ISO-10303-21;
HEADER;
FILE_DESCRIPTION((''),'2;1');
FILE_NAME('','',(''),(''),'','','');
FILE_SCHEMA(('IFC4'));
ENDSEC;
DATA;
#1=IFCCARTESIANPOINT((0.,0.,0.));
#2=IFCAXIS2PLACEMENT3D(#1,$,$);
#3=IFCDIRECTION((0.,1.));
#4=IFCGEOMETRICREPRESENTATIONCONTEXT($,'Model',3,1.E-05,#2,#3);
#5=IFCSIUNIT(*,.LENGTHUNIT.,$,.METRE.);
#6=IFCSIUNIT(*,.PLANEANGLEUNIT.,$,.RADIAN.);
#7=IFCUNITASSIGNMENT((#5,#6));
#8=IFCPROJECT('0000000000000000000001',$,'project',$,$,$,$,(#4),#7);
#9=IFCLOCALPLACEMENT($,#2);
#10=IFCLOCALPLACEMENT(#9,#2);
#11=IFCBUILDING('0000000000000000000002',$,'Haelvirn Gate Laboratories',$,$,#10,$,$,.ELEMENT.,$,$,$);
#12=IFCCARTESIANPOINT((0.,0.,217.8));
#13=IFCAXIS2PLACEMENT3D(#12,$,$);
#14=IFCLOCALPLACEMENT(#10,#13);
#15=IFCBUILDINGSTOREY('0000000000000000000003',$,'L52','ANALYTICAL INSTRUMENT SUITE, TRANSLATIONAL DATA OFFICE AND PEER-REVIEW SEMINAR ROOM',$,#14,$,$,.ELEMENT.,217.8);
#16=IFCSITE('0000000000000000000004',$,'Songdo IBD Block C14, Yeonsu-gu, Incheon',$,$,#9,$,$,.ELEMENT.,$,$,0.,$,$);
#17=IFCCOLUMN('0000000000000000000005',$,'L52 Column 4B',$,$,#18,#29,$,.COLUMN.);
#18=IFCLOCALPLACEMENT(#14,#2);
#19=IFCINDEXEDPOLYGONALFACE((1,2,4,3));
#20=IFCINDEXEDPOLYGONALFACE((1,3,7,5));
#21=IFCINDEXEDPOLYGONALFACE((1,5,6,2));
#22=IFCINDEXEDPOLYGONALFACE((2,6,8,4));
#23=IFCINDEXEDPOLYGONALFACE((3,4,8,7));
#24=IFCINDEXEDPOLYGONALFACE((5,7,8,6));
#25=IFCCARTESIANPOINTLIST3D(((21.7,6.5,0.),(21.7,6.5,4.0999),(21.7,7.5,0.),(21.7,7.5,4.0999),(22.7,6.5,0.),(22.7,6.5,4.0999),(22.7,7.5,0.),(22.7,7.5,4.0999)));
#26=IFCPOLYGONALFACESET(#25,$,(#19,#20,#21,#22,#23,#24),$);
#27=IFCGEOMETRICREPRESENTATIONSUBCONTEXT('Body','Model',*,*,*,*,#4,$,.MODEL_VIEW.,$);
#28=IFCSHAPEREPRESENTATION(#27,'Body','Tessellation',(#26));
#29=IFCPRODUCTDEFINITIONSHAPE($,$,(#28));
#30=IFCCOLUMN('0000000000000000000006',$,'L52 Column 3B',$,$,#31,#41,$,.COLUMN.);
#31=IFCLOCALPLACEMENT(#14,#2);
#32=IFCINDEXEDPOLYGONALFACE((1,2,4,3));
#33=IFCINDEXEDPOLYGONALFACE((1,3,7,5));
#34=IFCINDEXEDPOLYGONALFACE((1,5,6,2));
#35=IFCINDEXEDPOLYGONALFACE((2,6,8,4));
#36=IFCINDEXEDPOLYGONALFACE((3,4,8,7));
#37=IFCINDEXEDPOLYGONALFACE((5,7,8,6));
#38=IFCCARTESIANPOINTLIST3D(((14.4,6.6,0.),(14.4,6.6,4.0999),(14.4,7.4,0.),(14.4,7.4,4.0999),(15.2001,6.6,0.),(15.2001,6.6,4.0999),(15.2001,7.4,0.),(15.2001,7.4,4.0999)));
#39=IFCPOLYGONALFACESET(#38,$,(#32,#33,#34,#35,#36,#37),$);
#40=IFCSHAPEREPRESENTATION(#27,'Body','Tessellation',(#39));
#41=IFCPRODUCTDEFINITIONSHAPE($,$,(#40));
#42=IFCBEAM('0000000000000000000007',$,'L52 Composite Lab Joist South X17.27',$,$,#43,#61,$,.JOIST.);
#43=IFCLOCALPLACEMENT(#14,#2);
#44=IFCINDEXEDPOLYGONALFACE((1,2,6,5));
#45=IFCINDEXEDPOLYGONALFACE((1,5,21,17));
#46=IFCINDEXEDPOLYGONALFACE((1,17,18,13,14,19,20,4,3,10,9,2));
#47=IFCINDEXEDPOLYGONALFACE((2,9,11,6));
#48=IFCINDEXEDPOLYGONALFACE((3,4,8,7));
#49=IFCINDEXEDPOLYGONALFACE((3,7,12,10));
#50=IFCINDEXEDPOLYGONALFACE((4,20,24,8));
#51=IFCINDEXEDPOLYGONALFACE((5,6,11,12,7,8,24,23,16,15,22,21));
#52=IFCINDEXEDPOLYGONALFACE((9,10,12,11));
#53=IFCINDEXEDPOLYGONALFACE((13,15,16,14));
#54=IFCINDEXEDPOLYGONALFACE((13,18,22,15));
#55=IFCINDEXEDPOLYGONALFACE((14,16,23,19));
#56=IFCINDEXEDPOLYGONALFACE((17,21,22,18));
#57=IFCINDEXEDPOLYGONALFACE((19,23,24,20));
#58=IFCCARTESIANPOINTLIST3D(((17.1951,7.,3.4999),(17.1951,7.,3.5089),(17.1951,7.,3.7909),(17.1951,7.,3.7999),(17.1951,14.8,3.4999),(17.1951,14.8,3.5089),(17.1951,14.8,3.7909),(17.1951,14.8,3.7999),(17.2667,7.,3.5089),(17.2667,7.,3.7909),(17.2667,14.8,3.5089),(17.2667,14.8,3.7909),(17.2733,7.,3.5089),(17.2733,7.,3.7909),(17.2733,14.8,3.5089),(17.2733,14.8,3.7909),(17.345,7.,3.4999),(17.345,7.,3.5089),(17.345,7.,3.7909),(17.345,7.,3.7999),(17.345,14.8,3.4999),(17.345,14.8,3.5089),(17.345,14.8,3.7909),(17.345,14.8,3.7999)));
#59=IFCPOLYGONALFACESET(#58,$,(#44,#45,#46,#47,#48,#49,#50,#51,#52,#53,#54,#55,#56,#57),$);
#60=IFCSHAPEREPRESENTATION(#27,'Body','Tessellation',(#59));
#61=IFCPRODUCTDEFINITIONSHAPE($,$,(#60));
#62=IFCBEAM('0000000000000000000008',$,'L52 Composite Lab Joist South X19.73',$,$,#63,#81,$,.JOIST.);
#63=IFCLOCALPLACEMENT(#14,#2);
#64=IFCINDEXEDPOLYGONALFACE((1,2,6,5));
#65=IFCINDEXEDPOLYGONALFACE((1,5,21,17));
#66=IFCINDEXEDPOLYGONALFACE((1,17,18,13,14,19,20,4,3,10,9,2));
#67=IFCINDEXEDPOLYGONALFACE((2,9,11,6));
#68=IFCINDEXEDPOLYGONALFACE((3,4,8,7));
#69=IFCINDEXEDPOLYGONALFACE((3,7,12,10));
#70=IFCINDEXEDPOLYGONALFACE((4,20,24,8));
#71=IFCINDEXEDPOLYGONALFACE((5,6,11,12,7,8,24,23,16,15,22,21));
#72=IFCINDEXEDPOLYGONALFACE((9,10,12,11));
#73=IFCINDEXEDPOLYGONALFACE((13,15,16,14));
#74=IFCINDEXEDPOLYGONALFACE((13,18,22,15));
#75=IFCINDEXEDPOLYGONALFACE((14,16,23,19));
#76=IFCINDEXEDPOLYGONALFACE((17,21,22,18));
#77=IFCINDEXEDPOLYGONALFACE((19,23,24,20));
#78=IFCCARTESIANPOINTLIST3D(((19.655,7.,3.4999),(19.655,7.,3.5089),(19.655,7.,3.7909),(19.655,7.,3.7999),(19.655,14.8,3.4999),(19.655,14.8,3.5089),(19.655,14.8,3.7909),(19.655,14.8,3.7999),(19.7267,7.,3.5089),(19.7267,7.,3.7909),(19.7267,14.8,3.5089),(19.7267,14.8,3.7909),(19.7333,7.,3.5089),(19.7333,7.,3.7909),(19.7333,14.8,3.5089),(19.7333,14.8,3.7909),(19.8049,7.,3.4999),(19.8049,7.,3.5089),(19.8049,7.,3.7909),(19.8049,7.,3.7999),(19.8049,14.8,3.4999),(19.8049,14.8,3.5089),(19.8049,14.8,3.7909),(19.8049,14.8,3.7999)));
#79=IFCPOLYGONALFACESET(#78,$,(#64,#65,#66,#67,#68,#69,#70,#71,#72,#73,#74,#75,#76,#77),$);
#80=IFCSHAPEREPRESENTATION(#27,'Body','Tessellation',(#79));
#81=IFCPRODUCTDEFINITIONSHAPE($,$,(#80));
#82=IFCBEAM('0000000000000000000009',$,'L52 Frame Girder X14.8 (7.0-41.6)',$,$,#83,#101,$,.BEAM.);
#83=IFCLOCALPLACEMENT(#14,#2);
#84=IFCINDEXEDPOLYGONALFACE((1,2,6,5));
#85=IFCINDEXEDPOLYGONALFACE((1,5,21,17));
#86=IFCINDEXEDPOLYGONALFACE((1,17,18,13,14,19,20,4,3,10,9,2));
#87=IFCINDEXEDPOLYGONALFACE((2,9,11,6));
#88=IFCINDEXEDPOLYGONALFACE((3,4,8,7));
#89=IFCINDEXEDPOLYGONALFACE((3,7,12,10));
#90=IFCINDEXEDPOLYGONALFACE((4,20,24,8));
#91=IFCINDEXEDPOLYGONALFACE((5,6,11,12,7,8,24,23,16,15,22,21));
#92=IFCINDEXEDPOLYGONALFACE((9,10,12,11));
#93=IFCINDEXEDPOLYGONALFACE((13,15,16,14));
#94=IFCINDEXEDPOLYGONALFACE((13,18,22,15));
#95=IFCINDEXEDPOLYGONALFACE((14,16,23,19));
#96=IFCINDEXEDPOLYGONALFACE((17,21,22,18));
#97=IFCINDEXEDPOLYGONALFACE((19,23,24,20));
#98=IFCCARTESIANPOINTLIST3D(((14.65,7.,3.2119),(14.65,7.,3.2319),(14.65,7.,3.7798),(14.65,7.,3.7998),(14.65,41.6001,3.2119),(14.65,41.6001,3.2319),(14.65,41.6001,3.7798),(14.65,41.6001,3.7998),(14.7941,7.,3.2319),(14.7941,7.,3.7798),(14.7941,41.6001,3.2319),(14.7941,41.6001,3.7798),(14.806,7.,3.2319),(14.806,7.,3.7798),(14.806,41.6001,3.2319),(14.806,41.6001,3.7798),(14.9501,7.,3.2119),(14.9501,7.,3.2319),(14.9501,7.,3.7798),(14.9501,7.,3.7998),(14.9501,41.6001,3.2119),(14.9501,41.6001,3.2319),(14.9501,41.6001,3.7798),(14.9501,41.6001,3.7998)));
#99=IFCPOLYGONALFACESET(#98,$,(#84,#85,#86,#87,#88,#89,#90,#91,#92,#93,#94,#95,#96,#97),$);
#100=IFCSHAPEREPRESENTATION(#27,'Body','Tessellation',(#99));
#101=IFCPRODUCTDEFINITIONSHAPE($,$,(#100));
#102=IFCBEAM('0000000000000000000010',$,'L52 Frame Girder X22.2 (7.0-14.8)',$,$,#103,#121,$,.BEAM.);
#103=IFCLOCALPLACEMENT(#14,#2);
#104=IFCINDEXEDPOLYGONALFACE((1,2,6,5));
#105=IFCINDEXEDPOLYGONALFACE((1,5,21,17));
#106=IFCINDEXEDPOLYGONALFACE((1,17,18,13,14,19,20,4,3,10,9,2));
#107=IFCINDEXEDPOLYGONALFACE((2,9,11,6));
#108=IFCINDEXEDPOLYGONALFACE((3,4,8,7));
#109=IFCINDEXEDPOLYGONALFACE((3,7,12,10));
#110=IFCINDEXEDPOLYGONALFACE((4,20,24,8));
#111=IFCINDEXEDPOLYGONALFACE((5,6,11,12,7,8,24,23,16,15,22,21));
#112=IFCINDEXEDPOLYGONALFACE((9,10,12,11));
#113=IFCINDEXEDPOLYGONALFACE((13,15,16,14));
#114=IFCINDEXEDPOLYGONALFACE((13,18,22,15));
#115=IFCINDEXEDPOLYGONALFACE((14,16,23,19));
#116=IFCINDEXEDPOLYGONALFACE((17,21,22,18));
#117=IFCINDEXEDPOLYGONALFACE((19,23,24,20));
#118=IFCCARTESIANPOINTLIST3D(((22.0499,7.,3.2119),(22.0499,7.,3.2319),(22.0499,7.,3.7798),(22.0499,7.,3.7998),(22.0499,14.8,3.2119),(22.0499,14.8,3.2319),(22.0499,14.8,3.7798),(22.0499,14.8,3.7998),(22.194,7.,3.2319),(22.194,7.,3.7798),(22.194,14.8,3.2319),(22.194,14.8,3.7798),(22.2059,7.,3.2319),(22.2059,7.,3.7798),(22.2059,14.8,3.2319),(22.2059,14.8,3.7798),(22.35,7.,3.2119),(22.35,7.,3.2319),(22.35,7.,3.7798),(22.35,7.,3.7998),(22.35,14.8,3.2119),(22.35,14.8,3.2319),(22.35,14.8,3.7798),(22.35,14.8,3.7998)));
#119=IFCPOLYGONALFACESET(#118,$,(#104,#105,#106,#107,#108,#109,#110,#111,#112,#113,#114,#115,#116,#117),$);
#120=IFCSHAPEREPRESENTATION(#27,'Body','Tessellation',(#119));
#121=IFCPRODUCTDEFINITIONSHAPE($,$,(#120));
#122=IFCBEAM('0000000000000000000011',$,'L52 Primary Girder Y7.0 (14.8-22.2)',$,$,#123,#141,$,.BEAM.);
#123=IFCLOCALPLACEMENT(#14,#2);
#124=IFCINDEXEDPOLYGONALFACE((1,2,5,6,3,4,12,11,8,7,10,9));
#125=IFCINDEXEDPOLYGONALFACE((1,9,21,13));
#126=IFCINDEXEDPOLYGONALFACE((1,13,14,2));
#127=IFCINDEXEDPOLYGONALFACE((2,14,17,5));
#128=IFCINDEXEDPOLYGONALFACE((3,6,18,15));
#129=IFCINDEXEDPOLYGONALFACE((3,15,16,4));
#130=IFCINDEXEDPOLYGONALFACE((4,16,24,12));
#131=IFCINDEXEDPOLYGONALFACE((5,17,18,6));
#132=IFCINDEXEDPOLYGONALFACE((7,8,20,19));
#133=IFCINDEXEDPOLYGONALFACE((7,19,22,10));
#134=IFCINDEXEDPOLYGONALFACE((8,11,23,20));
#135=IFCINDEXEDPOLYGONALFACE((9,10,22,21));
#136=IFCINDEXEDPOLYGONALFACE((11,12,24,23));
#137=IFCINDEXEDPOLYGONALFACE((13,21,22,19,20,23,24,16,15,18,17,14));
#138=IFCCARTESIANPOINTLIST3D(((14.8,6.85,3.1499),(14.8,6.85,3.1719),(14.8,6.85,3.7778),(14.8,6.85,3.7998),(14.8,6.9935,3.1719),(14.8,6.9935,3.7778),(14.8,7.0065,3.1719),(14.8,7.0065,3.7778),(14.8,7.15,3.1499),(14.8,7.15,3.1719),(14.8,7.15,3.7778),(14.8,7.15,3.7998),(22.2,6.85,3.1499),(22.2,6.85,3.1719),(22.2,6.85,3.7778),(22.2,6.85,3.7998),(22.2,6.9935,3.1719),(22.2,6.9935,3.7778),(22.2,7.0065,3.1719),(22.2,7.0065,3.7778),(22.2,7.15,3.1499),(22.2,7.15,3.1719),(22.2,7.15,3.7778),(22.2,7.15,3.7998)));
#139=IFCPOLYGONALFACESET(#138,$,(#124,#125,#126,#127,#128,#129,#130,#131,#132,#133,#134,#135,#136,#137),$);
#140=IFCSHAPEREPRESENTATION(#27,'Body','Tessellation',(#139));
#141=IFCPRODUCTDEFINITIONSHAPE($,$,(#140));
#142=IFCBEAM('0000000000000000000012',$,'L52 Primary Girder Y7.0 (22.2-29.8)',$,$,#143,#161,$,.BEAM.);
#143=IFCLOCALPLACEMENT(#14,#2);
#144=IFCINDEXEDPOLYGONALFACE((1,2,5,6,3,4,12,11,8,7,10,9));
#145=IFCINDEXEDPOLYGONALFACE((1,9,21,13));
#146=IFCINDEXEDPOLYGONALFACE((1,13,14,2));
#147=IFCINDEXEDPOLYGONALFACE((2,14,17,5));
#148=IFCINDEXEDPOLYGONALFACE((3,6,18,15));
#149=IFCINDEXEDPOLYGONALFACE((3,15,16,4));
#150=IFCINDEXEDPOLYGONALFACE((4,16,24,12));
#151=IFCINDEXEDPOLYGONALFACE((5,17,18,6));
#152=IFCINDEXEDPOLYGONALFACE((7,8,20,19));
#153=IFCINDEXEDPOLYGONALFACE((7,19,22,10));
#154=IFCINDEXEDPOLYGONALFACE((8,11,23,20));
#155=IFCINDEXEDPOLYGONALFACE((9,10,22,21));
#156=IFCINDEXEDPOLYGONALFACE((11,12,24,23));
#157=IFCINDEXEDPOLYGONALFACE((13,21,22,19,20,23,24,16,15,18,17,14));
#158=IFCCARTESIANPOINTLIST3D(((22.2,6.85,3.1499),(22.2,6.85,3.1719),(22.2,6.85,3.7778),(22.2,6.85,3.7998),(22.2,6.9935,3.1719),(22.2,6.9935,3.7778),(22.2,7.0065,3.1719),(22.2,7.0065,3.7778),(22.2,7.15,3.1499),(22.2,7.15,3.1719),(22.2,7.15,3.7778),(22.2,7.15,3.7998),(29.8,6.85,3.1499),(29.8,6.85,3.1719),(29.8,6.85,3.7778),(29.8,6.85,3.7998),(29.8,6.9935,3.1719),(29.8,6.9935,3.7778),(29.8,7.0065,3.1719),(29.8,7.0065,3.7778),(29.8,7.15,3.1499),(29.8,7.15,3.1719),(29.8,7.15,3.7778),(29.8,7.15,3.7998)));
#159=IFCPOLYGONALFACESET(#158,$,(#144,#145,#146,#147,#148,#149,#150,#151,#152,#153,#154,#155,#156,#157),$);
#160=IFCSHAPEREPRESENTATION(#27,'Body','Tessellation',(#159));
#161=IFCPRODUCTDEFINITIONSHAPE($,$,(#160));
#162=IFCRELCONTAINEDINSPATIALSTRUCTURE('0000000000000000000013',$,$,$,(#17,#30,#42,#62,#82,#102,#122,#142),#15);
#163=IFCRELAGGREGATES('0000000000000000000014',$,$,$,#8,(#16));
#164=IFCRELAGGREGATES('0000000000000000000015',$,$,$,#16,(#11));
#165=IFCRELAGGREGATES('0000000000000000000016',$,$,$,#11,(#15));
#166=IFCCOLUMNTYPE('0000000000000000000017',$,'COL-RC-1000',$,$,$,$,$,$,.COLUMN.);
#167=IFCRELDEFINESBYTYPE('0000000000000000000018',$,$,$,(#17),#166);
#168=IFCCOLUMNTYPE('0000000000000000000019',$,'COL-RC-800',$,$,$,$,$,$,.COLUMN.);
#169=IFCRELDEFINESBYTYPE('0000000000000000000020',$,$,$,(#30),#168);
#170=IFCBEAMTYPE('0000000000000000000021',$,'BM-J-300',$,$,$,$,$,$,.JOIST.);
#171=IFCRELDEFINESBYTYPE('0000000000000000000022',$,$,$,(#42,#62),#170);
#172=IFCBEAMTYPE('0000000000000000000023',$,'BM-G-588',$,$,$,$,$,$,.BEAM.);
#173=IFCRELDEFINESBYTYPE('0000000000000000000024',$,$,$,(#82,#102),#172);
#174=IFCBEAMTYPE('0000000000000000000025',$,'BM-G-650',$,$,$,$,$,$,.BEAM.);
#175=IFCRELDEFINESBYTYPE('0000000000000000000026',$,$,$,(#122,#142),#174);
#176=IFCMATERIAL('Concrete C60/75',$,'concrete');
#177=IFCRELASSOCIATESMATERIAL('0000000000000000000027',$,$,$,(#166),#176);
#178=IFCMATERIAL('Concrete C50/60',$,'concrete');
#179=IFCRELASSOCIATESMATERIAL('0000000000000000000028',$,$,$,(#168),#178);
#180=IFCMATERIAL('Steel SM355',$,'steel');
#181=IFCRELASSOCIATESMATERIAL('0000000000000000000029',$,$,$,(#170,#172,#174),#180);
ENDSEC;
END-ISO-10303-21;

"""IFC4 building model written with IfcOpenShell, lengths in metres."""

from ifc_helpers import new_model, si_unit, direction, frame, origin, origin_2d, place, context, subcontext, project, spatial, rectangle, i_section, extrude, source, transform, mapped, material, material_profile, profile_set, type_object, type_shapes, element, save


model = new_model("IFC4")

# Units and contexts
model_context = context("Model", 3, precision=1e-05, world=origin(), true_north=direction((0.0, 1.0)))
body_context = subcontext(model_context, "Body", "Model", "MODEL_VIEW")
ifc_project = project(units=[si_unit("LENGTHUNIT", "METRE"), si_unit("PLANEANGLEUNIT", "RADIAN")], contexts=[model_context])

# Site, building, storey
site_placement = place(None, origin())
site = spatial("IfcSite", under=ifc_project, at=site_placement, Name="Songdo IBD Block C14, Yeonsu-gu, Incheon", CompositionType="ELEMENT", RefElevation=0.0)
building_placement = place(site_placement, origin())
building = spatial("IfcBuilding", under=site, at=building_placement, Name="Haelvirn Gate Laboratories", CompositionType="ELEMENT")
storey_placement = place(building_placement, frame((0.0, 0.0, 217.8)))
storey = spatial("IfcBuildingStorey", under=building, at=storey_placement, Name="L52", Description="ANALYTICAL INSTRUMENT SUITE, TRANSLATIONAL DATA OFFICE AND PEER-REVIEW SEMINAR ROOM", CompositionType="ELEMENT", Elevation=217.8)

# Columns
ifc_material_1 = material(Name="Concrete C60/75", Category="concrete")
ifc_material_profile_1 = material_profile(ifc_material_1, rectangle(XDim=1.0, YDim=1.0, at=origin_2d()), Name="RC-1000x1000")
ifc_profile_set_1 = profile_set([ifc_material_profile_1], Name="Concrete C60/75")
column_type_1 = type_object("IfcColumnType", Name="COL-RC-1000", PredefinedType="COLUMN", material=ifc_profile_set_1)
shared_shape_1 = source(origin(), body_context, "Body", "SweptSolid", [
    extrude(rectangle(XDim=1.0, YDim=1.0, at=origin_2d()), origin(), (0.0, 0.0, 1.0), 4.0999),
])
type_shapes(column_type_1, [shared_shape_1])
column_1_placement = place(storey_placement, frame((22.2, 7.0, 0.0), z_axis=(0.0, 0.0, 1.0), x_axis=(1.0, 0.0, 0.0)))
element("IfcColumn", 1, at=column_1_placement, inside=storey, type_object=column_type_1, Name="L52 Column 4B", PredefinedType="COLUMN", context=body_context, shape_type="MappedRepresentation", body=[
    mapped(shared_shape_1, transform((0.0, 0.0, 0.0), scale=1.0)),
])
ifc_material_2 = material(Name="Concrete C50/60", Category="concrete")
ifc_material_profile_2 = material_profile(ifc_material_2, rectangle(XDim=0.8, YDim=0.8, at=origin_2d()), Name="RC-800x800")
ifc_profile_set_2 = profile_set([ifc_material_profile_2], Name="Concrete C50/60")
column_type_2 = type_object("IfcColumnType", Name="COL-RC-800", PredefinedType="COLUMN", material=ifc_profile_set_2)
shared_shape_2 = source(origin(), body_context, "Body", "SweptSolid", [
    extrude(rectangle(XDim=0.8, YDim=0.8, at=origin_2d()), origin(), (0.0, 0.0, 1.0), 4.0999),
])
type_shapes(column_type_2, [shared_shape_2])
column_2_placement = place(storey_placement, frame((14.8, 7.0, 0.0), z_axis=(0.0, 0.0, 1.0), x_axis=(1.0, 0.0, 0.0)))
element("IfcColumn", 2, at=column_2_placement, inside=storey, type_object=column_type_2, Name="L52 Column 3B", PredefinedType="COLUMN", context=body_context, shape_type="MappedRepresentation", body=[
    mapped(shared_shape_2, transform((0.0, 0.0, 0.0), scale=1.0)),
])

# Beams
ifc_material_3 = material(Name="Steel SM355", Category="steel")
ifc_material_profile_3 = material_profile(ifc_material_3, i_section(OverallWidth=0.1499, OverallDepth=0.3, WebThickness=0.0066, FlangeThickness=0.009, at=origin_2d()), Name="H-300x150x6.5x9")
ifc_profile_set_3 = profile_set([ifc_material_profile_3], Name="Steel SM355")
beam_type_1 = type_object("IfcBeamType", Name="BM-J-300", PredefinedType="JOIST", material=ifc_profile_set_3)
shared_shape_3 = source(origin(), body_context, "Body", "SweptSolid", [
    extrude(i_section(OverallWidth=0.1499, OverallDepth=0.3, WebThickness=0.0066, FlangeThickness=0.009, at=origin_2d()), origin(), (0.0, 0.0, 1.0), 7.8),
])
type_shapes(beam_type_1, [shared_shape_3])
for number, where, z_axis, x_axis, name in (
    (3, (17.27, 7.0, 3.6499), (0.0, 1.0, 0.0), (-1.0, 0.0, 0.0), "L52 Composite Lab Joist South X17.27"),
    (4, (19.73, 7.0, 3.6499), (0.0, 1.0, 0.0), (-1.0, 0.0, 0.0), "L52 Composite Lab Joist South X19.73"),
):
    element("IfcBeam", number, at=place(storey_placement, frame(where, z_axis=z_axis, x_axis=x_axis)), inside=storey, type_object=beam_type_1, Name=name, PredefinedType="JOIST", context=body_context, shape_type="MappedRepresentation", body=[
        mapped(shared_shape_3, transform((0.0, 0.0, 0.0), scale=1.0)),
    ])
ifc_material_profile_4 = material_profile(ifc_material_3, i_section(OverallWidth=0.3, OverallDepth=0.5879, WebThickness=0.012, FlangeThickness=0.02, at=origin_2d()), Name="H-588x300x12x20")
ifc_profile_set_4 = profile_set([ifc_material_profile_4], Name="Steel SM355")
beam_type_2 = type_object("IfcBeamType", Name="BM-G-588", PredefinedType="BEAM", material=ifc_profile_set_4)
shared_shape_4 = source(origin(), body_context, "Body", "SweptSolid", [
    extrude(i_section(OverallWidth=0.3, OverallDepth=0.5879, WebThickness=0.012, FlangeThickness=0.02, at=origin_2d()), origin(), (0.0, 0.0, 1.0), 34.6001),
])
beam_1_placement = place(storey_placement, frame((14.8, 7.0, 3.5059), z_axis=(0.0, 1.0, 0.0), x_axis=(-1.0, 0.0, 0.0)))
element("IfcBeam", 5, at=beam_1_placement, inside=storey, type_object=beam_type_2, Name="L52 Frame Girder X14.8 (7.0-41.6)", PredefinedType="BEAM", context=body_context, shape_type="MappedRepresentation", body=[
    mapped(shared_shape_4, transform((0.0, 0.0, 0.0), scale=1.0)),
])
shared_shape_5 = source(origin(), body_context, "Body", "SweptSolid", [
    extrude(i_section(OverallWidth=0.3, OverallDepth=0.5879, WebThickness=0.012, FlangeThickness=0.02, at=origin_2d()), origin(), (0.0, 0.0, 1.0), 7.8),
])
type_shapes(beam_type_2, [shared_shape_4, shared_shape_5])
beam_2_placement = place(storey_placement, frame((22.2, 7.0, 3.5059), z_axis=(0.0, 1.0, 0.0), x_axis=(-1.0, 0.0, 0.0)))
element("IfcBeam", 6, at=beam_2_placement, inside=storey, type_object=beam_type_2, Name="L52 Frame Girder X22.2 (7.0-14.8)", PredefinedType="BEAM", context=body_context, shape_type="MappedRepresentation", body=[
    mapped(shared_shape_5, transform((0.0, 0.0, 0.0), scale=1.0)),
])
ifc_material_profile_5 = material_profile(ifc_material_3, i_section(OverallWidth=0.3, OverallDepth=0.6499, WebThickness=0.0129, FlangeThickness=0.022, at=origin_2d()), Name="H-650x300x13x22")
ifc_profile_set_5 = profile_set([ifc_material_profile_5], Name="Steel SM355")
beam_type_3 = type_object("IfcBeamType", Name="BM-G-650", PredefinedType="BEAM", material=ifc_profile_set_5)
shared_shape_6 = source(origin(), body_context, "Body", "SweptSolid", [
    extrude(i_section(OverallWidth=0.3, OverallDepth=0.6499, WebThickness=0.0129, FlangeThickness=0.022, at=origin_2d()), origin(), (0.0, 0.0, 1.0), 7.3999),
])
beam_3_placement = place(storey_placement, frame((14.8, 7.0, 3.4749), z_axis=(1.0, 0.0, 0.0), x_axis=(0.0, 1.0, 0.0)))
element("IfcBeam", 7, at=beam_3_placement, inside=storey, type_object=beam_type_3, Name="L52 Primary Girder Y7.0 (14.8-22.2)", PredefinedType="BEAM", context=body_context, shape_type="MappedRepresentation", body=[
    mapped(shared_shape_6, transform((0.0, 0.0, 0.0), scale=1.0)),
])
shared_shape_7 = source(origin(), body_context, "Body", "SweptSolid", [
    extrude(i_section(OverallWidth=0.3, OverallDepth=0.6499, WebThickness=0.0129, FlangeThickness=0.022, at=origin_2d()), origin(), (0.0, 0.0, 1.0), 7.6001),
])
type_shapes(beam_type_3, [shared_shape_6, shared_shape_7])
beam_4_placement = place(storey_placement, frame((22.2, 7.0, 3.4749), z_axis=(1.0, 0.0, 0.0), x_axis=(0.0, 1.0, 0.0)))
element("IfcBeam", 8, at=beam_4_placement, inside=storey, type_object=beam_type_3, Name="L52 Primary Girder Y7.0 (22.2-29.8)", PredefinedType="BEAM", context=body_context, shape_type="MappedRepresentation", body=[
    mapped(shared_shape_7, transform((0.0, 0.0, 0.0), scale=1.0)),
])

save(model, "model.ifc")
